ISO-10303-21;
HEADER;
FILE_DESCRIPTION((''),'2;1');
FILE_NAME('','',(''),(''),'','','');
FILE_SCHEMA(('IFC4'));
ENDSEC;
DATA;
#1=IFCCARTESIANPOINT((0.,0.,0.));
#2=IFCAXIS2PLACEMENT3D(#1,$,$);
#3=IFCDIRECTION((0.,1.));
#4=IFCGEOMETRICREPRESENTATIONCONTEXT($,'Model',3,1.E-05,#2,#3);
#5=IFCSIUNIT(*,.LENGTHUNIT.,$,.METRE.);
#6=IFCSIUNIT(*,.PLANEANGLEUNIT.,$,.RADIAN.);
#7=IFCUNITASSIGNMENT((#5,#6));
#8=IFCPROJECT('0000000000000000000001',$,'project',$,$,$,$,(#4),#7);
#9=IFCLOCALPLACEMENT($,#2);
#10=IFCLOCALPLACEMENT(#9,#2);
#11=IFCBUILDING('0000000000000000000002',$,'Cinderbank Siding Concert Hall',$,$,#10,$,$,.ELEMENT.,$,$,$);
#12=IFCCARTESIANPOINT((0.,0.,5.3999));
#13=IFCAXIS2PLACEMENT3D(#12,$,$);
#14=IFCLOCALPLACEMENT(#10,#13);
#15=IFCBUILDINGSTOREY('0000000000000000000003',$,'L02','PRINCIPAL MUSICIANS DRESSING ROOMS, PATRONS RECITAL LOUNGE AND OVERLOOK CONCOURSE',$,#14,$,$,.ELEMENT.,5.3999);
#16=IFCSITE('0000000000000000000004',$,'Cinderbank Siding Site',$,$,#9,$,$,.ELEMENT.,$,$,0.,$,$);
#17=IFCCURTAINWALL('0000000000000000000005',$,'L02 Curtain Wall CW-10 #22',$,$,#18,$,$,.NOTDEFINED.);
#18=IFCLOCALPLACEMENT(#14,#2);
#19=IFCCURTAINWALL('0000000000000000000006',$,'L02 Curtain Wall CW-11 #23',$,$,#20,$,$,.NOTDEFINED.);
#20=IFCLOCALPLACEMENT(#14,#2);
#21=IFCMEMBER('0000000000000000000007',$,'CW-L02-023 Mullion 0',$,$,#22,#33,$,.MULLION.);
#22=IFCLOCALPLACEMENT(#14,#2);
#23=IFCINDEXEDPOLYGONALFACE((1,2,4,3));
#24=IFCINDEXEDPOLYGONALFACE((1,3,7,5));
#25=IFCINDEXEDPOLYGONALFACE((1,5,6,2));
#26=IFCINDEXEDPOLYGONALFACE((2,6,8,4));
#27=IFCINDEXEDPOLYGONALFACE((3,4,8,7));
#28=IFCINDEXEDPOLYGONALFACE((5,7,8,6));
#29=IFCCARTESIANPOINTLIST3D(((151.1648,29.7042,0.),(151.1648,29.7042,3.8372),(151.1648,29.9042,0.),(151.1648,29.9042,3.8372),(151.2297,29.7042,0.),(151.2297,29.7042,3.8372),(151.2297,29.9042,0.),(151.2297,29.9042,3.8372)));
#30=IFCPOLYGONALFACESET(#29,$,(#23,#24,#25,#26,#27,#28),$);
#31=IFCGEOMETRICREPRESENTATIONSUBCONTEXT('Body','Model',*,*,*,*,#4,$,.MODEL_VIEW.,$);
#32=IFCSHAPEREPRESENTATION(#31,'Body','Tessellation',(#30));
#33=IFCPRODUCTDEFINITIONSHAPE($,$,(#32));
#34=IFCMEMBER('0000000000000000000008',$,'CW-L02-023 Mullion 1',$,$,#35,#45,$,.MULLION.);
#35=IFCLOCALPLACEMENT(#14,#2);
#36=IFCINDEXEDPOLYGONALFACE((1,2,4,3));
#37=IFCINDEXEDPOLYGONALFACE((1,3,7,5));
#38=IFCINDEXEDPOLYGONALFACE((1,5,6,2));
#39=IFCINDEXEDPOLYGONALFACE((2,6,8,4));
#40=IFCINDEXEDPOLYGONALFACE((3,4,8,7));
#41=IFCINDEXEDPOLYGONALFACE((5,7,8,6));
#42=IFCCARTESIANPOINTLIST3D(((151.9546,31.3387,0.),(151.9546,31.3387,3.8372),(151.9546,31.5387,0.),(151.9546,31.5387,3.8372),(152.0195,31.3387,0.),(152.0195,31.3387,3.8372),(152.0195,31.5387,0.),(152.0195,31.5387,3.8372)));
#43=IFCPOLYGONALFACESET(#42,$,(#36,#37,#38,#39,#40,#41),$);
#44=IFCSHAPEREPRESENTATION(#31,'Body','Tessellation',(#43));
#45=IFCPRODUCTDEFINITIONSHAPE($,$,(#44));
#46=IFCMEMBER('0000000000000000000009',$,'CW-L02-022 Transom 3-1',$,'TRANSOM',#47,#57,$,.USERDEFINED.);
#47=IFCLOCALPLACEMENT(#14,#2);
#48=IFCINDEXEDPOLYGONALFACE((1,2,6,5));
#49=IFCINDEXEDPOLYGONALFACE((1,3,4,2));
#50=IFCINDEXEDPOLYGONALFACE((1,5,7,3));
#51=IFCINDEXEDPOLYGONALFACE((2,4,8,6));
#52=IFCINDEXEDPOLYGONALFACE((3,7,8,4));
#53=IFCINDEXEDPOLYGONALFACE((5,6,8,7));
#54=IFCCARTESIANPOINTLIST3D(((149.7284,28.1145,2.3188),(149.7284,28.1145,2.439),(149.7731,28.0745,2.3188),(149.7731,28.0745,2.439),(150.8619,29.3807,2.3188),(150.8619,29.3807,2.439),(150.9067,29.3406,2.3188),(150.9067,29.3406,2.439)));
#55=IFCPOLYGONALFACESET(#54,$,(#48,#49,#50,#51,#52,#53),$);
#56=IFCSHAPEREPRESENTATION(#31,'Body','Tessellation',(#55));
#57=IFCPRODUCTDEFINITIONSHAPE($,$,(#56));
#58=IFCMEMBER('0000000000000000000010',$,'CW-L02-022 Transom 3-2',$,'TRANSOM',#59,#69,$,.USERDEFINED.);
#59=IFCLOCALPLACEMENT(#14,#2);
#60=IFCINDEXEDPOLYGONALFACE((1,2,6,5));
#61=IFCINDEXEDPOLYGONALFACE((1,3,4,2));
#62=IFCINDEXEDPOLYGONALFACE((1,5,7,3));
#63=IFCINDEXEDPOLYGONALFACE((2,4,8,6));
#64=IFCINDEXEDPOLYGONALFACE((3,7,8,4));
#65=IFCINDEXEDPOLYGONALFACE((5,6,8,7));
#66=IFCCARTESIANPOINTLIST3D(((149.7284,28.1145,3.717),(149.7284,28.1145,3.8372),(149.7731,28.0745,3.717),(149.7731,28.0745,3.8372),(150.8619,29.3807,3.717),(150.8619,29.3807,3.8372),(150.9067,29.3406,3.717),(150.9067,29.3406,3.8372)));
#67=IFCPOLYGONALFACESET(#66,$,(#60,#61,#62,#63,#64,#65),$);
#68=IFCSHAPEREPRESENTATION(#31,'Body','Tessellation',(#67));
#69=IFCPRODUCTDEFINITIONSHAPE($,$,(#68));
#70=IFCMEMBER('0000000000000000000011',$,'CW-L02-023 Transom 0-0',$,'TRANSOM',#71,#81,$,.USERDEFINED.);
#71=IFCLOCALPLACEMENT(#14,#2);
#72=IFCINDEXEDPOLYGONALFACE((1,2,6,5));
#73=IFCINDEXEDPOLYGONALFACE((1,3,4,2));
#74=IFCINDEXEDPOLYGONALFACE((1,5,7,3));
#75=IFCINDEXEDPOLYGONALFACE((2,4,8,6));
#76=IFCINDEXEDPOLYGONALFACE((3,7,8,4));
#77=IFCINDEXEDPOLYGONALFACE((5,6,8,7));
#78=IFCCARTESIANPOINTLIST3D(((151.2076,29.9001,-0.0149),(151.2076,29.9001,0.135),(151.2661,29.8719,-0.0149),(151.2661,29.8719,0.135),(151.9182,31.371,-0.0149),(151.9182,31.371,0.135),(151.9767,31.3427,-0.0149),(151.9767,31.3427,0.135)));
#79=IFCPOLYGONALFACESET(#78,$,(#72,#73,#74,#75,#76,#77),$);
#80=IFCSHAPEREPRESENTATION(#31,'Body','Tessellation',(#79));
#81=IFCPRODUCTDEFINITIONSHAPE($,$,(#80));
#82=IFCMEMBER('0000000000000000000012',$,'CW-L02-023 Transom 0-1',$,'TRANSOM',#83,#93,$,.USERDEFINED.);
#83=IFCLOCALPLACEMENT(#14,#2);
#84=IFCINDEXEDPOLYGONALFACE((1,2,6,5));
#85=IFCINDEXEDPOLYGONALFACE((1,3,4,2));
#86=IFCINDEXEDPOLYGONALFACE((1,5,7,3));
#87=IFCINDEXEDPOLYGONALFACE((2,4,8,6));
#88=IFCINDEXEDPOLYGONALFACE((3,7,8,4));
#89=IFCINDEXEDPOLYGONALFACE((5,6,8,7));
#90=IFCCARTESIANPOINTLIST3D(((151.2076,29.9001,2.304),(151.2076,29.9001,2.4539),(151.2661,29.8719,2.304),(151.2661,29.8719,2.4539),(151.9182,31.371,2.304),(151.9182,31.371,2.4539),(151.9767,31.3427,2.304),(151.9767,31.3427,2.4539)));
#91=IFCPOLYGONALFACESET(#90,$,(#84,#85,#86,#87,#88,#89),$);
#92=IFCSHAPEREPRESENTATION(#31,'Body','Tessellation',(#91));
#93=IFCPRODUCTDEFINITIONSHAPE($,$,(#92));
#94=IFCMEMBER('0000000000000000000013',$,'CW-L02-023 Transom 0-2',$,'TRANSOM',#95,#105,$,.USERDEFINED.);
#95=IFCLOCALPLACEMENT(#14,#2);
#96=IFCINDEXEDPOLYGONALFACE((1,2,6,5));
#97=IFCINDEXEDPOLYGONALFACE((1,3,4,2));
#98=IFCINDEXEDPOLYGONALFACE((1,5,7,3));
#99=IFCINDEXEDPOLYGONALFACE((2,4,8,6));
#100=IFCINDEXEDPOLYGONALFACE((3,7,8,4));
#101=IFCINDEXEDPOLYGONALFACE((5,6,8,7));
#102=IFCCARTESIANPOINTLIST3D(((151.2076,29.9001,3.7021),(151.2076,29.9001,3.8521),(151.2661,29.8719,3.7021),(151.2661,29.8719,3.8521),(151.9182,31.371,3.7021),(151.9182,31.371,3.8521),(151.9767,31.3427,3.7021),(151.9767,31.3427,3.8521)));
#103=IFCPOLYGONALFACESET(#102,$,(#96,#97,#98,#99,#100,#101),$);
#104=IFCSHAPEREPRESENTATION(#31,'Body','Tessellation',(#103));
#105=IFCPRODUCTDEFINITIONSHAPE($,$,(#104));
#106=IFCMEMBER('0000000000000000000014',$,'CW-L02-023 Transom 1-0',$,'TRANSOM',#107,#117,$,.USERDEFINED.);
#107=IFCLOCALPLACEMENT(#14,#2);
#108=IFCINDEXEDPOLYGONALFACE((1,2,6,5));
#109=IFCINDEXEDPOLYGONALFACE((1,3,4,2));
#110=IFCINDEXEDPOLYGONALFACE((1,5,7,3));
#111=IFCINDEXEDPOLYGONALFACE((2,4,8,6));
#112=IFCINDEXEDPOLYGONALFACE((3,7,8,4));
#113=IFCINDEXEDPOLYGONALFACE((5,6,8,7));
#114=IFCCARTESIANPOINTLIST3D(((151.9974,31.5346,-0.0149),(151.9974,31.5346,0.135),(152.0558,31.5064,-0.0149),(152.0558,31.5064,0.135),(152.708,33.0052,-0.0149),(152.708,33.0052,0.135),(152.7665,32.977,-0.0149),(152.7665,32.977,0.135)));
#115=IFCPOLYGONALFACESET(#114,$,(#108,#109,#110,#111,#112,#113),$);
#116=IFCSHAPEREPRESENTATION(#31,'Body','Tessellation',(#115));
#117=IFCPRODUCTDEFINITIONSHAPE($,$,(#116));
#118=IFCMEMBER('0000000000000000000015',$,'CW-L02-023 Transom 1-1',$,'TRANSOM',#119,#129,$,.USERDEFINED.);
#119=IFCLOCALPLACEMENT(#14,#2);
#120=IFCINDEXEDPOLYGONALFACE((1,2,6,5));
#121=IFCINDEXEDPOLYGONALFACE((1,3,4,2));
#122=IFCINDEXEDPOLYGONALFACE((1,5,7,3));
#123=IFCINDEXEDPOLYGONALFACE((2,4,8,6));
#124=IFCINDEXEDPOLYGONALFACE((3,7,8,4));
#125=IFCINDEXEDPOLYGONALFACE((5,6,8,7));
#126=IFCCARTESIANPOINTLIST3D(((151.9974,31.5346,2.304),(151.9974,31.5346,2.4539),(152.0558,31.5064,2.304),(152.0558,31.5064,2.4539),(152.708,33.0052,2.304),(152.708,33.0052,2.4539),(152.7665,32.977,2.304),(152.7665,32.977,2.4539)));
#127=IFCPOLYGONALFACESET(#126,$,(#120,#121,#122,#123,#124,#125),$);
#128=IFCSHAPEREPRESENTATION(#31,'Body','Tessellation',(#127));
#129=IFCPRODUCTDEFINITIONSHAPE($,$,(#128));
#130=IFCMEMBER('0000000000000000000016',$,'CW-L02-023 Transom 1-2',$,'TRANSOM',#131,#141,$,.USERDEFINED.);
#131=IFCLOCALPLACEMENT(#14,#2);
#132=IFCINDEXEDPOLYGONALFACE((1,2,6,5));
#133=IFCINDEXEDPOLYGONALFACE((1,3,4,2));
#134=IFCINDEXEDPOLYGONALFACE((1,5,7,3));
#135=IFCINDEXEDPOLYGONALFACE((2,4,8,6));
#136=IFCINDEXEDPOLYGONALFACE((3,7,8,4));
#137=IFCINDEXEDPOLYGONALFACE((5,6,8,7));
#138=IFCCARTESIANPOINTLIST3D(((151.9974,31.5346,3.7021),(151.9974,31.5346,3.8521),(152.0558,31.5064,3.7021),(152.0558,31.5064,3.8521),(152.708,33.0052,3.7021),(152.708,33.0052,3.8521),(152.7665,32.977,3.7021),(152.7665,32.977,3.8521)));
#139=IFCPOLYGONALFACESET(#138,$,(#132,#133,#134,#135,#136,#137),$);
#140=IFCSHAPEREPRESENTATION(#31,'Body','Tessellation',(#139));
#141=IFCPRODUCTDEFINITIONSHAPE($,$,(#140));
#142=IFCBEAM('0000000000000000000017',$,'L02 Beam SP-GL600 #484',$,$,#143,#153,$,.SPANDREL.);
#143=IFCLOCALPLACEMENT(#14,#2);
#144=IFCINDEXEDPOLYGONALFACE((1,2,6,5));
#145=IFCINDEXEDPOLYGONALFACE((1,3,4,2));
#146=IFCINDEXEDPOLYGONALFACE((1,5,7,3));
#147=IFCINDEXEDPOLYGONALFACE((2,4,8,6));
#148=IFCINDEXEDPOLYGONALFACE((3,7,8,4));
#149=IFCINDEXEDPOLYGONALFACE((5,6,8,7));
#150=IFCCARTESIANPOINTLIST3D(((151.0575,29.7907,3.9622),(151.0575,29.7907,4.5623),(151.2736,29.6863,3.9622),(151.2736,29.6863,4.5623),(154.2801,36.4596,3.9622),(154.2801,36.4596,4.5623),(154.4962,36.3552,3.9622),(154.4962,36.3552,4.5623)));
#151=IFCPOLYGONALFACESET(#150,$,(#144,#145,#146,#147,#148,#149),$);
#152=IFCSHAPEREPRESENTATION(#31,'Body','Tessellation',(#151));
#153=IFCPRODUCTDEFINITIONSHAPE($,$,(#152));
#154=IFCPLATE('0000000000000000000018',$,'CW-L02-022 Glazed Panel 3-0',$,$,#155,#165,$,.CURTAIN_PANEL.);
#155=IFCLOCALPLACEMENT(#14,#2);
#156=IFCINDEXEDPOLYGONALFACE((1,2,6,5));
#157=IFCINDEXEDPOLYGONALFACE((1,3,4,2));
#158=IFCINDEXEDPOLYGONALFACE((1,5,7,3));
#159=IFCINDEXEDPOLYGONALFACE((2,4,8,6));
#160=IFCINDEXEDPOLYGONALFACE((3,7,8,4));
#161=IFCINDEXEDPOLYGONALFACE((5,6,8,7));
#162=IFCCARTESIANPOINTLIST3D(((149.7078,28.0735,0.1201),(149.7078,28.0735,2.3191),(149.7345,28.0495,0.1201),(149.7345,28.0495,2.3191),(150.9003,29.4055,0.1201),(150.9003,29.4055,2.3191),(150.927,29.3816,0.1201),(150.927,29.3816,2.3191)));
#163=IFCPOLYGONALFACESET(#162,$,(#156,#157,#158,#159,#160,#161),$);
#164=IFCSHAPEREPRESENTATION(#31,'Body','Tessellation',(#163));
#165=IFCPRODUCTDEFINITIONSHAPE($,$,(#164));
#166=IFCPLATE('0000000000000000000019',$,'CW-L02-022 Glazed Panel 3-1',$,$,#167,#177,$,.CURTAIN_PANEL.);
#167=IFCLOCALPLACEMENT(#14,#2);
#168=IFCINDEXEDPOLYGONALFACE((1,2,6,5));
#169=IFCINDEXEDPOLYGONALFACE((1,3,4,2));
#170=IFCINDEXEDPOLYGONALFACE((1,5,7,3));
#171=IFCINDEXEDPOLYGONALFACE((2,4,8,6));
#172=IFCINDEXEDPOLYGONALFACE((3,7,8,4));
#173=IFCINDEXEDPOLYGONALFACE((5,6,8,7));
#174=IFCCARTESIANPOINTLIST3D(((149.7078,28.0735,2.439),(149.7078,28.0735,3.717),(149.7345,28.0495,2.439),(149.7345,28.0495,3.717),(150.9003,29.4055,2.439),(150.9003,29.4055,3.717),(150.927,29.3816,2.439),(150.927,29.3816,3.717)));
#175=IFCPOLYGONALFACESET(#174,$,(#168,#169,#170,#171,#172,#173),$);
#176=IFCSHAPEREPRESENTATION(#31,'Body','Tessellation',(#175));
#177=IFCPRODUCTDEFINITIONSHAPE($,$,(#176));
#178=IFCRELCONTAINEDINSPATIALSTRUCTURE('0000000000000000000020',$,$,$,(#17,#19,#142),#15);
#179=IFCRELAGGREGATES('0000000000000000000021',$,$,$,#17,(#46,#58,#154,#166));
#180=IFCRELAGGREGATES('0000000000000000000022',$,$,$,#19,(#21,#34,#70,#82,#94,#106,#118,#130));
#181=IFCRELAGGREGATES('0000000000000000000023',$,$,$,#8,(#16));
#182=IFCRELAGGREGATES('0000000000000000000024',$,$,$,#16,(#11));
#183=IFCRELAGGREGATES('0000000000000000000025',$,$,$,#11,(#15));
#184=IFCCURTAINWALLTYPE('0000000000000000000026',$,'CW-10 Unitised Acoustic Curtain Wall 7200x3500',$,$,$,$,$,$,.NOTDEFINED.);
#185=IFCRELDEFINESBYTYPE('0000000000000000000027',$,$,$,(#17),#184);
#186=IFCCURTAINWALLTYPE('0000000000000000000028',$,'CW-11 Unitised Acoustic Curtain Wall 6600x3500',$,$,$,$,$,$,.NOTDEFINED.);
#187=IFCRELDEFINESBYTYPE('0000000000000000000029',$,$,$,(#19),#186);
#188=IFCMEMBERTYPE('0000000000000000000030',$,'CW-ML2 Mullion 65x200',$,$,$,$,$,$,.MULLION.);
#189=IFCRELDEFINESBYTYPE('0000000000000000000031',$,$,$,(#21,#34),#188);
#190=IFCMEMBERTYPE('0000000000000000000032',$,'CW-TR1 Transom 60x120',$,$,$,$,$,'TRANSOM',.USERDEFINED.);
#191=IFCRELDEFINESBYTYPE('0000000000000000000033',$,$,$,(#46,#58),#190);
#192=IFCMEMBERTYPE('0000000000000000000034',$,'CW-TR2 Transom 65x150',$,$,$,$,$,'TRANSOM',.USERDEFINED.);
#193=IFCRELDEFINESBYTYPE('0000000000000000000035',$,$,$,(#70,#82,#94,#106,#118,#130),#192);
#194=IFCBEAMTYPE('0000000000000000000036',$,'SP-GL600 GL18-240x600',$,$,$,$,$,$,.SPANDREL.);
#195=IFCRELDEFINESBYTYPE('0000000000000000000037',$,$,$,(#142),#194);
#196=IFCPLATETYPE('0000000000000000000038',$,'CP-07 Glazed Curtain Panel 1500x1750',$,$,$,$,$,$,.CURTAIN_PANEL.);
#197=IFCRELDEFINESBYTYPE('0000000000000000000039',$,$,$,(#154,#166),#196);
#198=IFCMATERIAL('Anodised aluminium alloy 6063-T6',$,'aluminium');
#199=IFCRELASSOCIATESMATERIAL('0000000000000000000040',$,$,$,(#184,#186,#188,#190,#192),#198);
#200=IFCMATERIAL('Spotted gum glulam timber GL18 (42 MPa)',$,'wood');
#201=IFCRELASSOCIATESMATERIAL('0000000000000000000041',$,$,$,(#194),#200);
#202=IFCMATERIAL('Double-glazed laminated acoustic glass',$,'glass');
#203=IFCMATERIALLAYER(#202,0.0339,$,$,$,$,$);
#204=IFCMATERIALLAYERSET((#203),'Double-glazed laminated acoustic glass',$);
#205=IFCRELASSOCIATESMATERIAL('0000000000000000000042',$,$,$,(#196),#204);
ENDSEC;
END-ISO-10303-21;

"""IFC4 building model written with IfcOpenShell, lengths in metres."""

from ifc_helpers import new_model, si_unit, direction, frame, origin, origin_2d, place, context, subcontext, project, spatial, rectangle, extrude, material, layer, layer_set, material_profile, profile_set, type_object, element, aggregate, save


model = new_model("IFC4")

# Units and contexts
model_context = context("Model", 3, precision=1e-05, world=origin(), true_north=direction((0.0, 1.0)))
body_context = subcontext(model_context, "Body", "Model", "MODEL_VIEW")
ifc_project = project(units=[si_unit("LENGTHUNIT", "METRE"), si_unit("PLANEANGLEUNIT", "RADIAN")], contexts=[model_context])

# Site, building, storey
site_placement = place(None, origin())
site = spatial("IfcSite", under=ifc_project, at=site_placement, Name="Cinderbank Siding Site", CompositionType="ELEMENT", RefElevation=0.0)
building_placement = place(site_placement, origin())
building = spatial("IfcBuilding", under=site, at=building_placement, Name="Cinderbank Siding Concert Hall", CompositionType="ELEMENT")
storey_placement = place(building_placement, frame((0.0, 0.0, 5.3999)))
storey = spatial("IfcBuildingStorey", under=building, at=storey_placement, Name="L02", Description="PRINCIPAL MUSICIANS DRESSING ROOMS, PATRONS RECITAL LOUNGE AND OVERLOOK CONCOURSE", CompositionType="ELEMENT", Elevation=5.3999)

# Curtain wall
ifc_material_1 = material(Name="Anodised aluminium alloy 6063-T6", Category="aluminium")
curtain_wall_type_1 = type_object("IfcCurtainWallType", Name="CW-10 Unitised Acoustic Curtain Wall 7200x3500", PredefinedType="NOTDEFINED", material=ifc_material_1)
curtain_wall_1_placement = place(storey_placement, origin())
curtain_wall_1 = element("IfcCurtainWall", 1, at=curtain_wall_1_placement, inside=storey, type_object=curtain_wall_type_1, Name="L02 Curtain Wall CW-10 #22", PredefinedType="NOTDEFINED")

# Curtain wall, members
curtain_wall_type_2 = type_object("IfcCurtainWallType", Name="CW-11 Unitised Acoustic Curtain Wall 6600x3500", PredefinedType="NOTDEFINED", material=ifc_material_1)
curtain_wall_2_placement = place(storey_placement, origin())
curtain_wall_2 = element("IfcCurtainWall", 2, at=curtain_wall_2_placement, inside=storey, type_object=curtain_wall_type_2, Name="L02 Curtain Wall CW-11 #23", PredefinedType="NOTDEFINED")
ifc_material_profile_1 = material_profile(ifc_material_1, rectangle(XDim=0.0649, YDim=0.2, at=origin_2d()), Name="ALU-MULL-65x200", Category="LoadBearing")
ifc_profile_set_1 = profile_set([ifc_material_profile_1], Name="Anodised aluminium alloy 6063-T6")
member_type_1 = type_object("IfcMemberType", Name="CW-ML2 Mullion 65x200", PredefinedType="MULLION", material=ifc_profile_set_1)
member_1_placement = place(storey_placement, frame((151.1973, 29.8042, 0.0), z_axis=(0.0, 0.0, 1.0), x_axis=(1.0, 0.0, 0.0)))
member_1 = element("IfcMember", 3, at=member_1_placement, type_object=member_type_1, Name="CW-L02-023 Mullion 0", PredefinedType="MULLION", context=body_context, shape_type="SweptSolid", body=[
    extrude(rectangle(XDim=0.0649, YDim=0.2, at=origin_2d()), origin(), (0.0, 0.0, 1.0), 3.8372),
])
member_2_placement = place(storey_placement, frame((151.9871, 31.4387, 0.0), z_axis=(0.0, 0.0, 1.0), x_axis=(1.0, 0.0, 0.0)))
member_2 = element("IfcMember", 4, at=member_2_placement, type_object=member_type_1, Name="CW-L02-023 Mullion 1", PredefinedType="MULLION", context=body_context, shape_type="SweptSolid", body=[
    extrude(rectangle(XDim=0.0649, YDim=0.2, at=origin_2d()), origin(), (0.0, 0.0, 1.0), 3.8372),
])

# Members
ifc_material_profile_2 = material_profile(ifc_material_1, rectangle(XDim=0.0601, YDim=0.1201, at=origin_2d()), Name="ALU-TRAN-60x120", Category="LoadBearing")
ifc_profile_set_2 = profile_set([ifc_material_profile_2], Name="Anodised aluminium alloy 6063-T6")
member_type_2 = type_object("IfcMemberType", Name="CW-TR1 Transom 60x120", ElementType="TRANSOM", PredefinedType="USERDEFINED", material=ifc_profile_set_2)
member_3_placement = place(storey_placement, frame((149.7507, 28.0945, 2.3789), z_axis=(0.667026, 0.745035, 0.0), x_axis=(-0.745035, 0.667026, 0.0)))
member_3 = element("IfcMember", 5, at=member_3_placement, type_object=member_type_2, Name="CW-L02-022 Transom 3-1", ObjectType="TRANSOM", PredefinedType="USERDEFINED", context=body_context, shape_type="SweptSolid", body=[
    extrude(rectangle(XDim=0.0601, YDim=0.1201, at=origin_2d()), origin(), (0.0, 0.0, 1.0), 1.6995),
])
member_4_placement = place(storey_placement, frame((149.7507, 28.0945, 3.7771), z_axis=(0.667026, 0.745035, 0.0), x_axis=(-0.745035, 0.667026, 0.0)))
member_4 = element("IfcMember", 6, at=member_4_placement, type_object=member_type_2, Name="CW-L02-022 Transom 3-2", ObjectType="TRANSOM", PredefinedType="USERDEFINED", context=body_context, shape_type="SweptSolid", body=[
    extrude(rectangle(XDim=0.0601, YDim=0.1201, at=origin_2d()), origin(), (0.0, 0.0, 1.0), 1.6995),
])
ifc_material_profile_3 = material_profile(ifc_material_1, rectangle(XDim=0.0649, YDim=0.1499, at=origin_2d()), Name="ALU-TRAN-65x150", Category="LoadBearing")
ifc_profile_set_3 = profile_set([ifc_material_profile_3], Name="Anodised aluminium alloy 6063-T6")
member_type_3 = type_object("IfcMemberType", Name="CW-TR2 Transom 65x150", ElementType="TRANSOM", PredefinedType="USERDEFINED", material=ifc_profile_set_3)
member_5_placement = place(storey_placement, frame((151.2368, 29.886, 0.0601), z_axis=(0.435037, 0.900412, 0.0), x_axis=(-0.900412, 0.435037, 0.0)))
member_5 = element("IfcMember", 7, at=member_5_placement, type_object=member_type_3, Name="CW-L02-023 Transom 0-0", ObjectType="TRANSOM", PredefinedType="USERDEFINED", context=body_context, shape_type="SweptSolid", body=[
    extrude(rectangle(XDim=0.0649, YDim=0.1499, at=origin_2d()), origin(), (0.0, 0.0, 1.0), 1.6335),
])
member_6_placement = place(storey_placement, frame((151.2368, 29.886, 2.3789), z_axis=(0.435037, 0.900412, 0.0), x_axis=(-0.900412, 0.435037, 0.0)))
member_6 = element("IfcMember", 8, at=member_6_placement, type_object=member_type_3, Name="CW-L02-023 Transom 0-1", ObjectType="TRANSOM", PredefinedType="USERDEFINED", context=body_context, shape_type="SweptSolid", body=[
    extrude(rectangle(XDim=0.0649, YDim=0.1499, at=origin_2d()), origin(), (0.0, 0.0, 1.0), 1.6335),
])
member_7_placement = place(storey_placement, frame((151.2368, 29.886, 3.7771), z_axis=(0.435037, 0.900412, 0.0), x_axis=(-0.900412, 0.435037, 0.0)))
member_7 = element("IfcMember", 9, at=member_7_placement, type_object=member_type_3, Name="CW-L02-023 Transom 0-2", ObjectType="TRANSOM", PredefinedType="USERDEFINED", context=body_context, shape_type="SweptSolid", body=[
    extrude(rectangle(XDim=0.0649, YDim=0.1499, at=origin_2d()), origin(), (0.0, 0.0, 1.0), 1.6335),
])
member_8_placement = place(storey_placement, frame((152.0266, 31.5205, 0.0601), z_axis=(0.435096, 0.900384, 0.0), x_axis=(-0.900384, 0.435096, 0.0)))
member_8 = element("IfcMember", 10, at=member_8_placement, type_object=member_type_3, Name="CW-L02-023 Transom 1-0", ObjectType="TRANSOM", PredefinedType="USERDEFINED", context=body_context, shape_type="SweptSolid", body=[
    extrude(rectangle(XDim=0.0649, YDim=0.1499, at=origin_2d()), origin(), (0.0, 0.0, 1.0), 1.6333),
])
member_9_placement = place(storey_placement, frame((152.0266, 31.5205, 2.3789), z_axis=(0.435096, 0.900384, 0.0), x_axis=(-0.900384, 0.435096, 0.0)))
member_9 = element("IfcMember", 11, at=member_9_placement, type_object=member_type_3, Name="CW-L02-023 Transom 1-1", ObjectType="TRANSOM", PredefinedType="USERDEFINED", context=body_context, shape_type="SweptSolid", body=[
    extrude(rectangle(XDim=0.0649, YDim=0.1499, at=origin_2d()), origin(), (0.0, 0.0, 1.0), 1.6333),
])
member_10_placement = place(storey_placement, frame((152.0266, 31.5205, 3.7771), z_axis=(0.435096, 0.900384, 0.0), x_axis=(-0.900384, 0.435096, 0.0)))
member_10 = element("IfcMember", 12, at=member_10_placement, type_object=member_type_3, Name="CW-L02-023 Transom 1-2", ObjectType="TRANSOM", PredefinedType="USERDEFINED", context=body_context, shape_type="SweptSolid", body=[
    extrude(rectangle(XDim=0.0649, YDim=0.1499, at=origin_2d()), origin(), (0.0, 0.0, 1.0), 1.6333),
])

# Beam
ifc_material_2 = material(Name="Spotted gum glulam timber GL18 (42 MPa)", Category="wood")
ifc_material_profile_4 = material_profile(ifc_material_2, rectangle(XDim=0.24, YDim=0.6001, at=origin_2d()), Name="GL18-240x600", Category="LoadBearing")
ifc_profile_set_4 = profile_set([ifc_material_profile_4], Name="Spotted gum glulam timber GL18 (42 MPa)")
beam_type_1 = type_object("IfcBeamType", Name="SP-GL600 GL18-240x600", PredefinedType="SPANDREL", material=ifc_profile_set_4)
beam_1_placement = place(storey_placement, frame((151.1655, 29.7385, 4.2622), z_axis=(0.435096, 0.900384, 0.0), x_axis=(-0.900384, 0.435096, 0.0)))
element("IfcBeam", 13, at=beam_1_placement, inside=storey, type_object=beam_type_1, Name="L02 Beam SP-GL600 #484", PredefinedType="SPANDREL", context=body_context, shape_type="SweptSolid", body=[
    extrude(rectangle(XDim=0.24, YDim=0.6001, at=origin_2d()), origin(), (0.0, 0.0, 1.0), 7.4067),
])

# Plates
ifc_material_3 = material(Name="Double-glazed laminated acoustic glass", Category="glass")
ifc_layer_1 = layer(ifc_material_3, 0.0339)
ifc_layer_set_1 = layer_set([ifc_layer_1], Name="Double-glazed laminated acoustic glass")
plate_type_1 = type_object("IfcPlateType", Name="CP-07 Glazed Curtain Panel 1500x1750", PredefinedType="CURTAIN_PANEL", material=ifc_layer_set_1)
plate_1_placement = place(storey_placement, frame((150.3174, 28.7275, 0.1201), z_axis=(0.0, 0.0, 1.0), x_axis=(0.666993, 0.745064, 0.0)))
plate_1 = element("IfcPlate", 14, at=plate_1_placement, type_object=plate_type_1, Name="CW-L02-022 Glazed Panel 3-0", PredefinedType="CURTAIN_PANEL", context=body_context, shape_type="SweptSolid", body=[
    extrude(rectangle(XDim=1.7878, YDim=0.0359, at=origin_2d()), origin(), (0.0, 0.0, 1.0), 2.199),
])
plate_2_placement = place(storey_placement, frame((150.3174, 28.7275, 2.439), z_axis=(0.0, 0.0, 1.0), x_axis=(0.666993, 0.745064, 0.0)))
plate_2 = element("IfcPlate", 15, at=plate_2_placement, type_object=plate_type_1, Name="CW-L02-022 Glazed Panel 3-1", PredefinedType="CURTAIN_PANEL", context=body_context, shape_type="SweptSolid", body=[
    extrude(rectangle(XDim=1.7878, YDim=0.0359, at=origin_2d()), origin(), (0.0, 0.0, 1.0), 1.2781),
])
aggregate(curtain_wall_1, [member_3, member_4, plate_1, plate_2])
aggregate(curtain_wall_2, [member_1, member_2, member_5, member_6, member_7, member_8, member_9, member_10])

save(model, "model.ifc")
